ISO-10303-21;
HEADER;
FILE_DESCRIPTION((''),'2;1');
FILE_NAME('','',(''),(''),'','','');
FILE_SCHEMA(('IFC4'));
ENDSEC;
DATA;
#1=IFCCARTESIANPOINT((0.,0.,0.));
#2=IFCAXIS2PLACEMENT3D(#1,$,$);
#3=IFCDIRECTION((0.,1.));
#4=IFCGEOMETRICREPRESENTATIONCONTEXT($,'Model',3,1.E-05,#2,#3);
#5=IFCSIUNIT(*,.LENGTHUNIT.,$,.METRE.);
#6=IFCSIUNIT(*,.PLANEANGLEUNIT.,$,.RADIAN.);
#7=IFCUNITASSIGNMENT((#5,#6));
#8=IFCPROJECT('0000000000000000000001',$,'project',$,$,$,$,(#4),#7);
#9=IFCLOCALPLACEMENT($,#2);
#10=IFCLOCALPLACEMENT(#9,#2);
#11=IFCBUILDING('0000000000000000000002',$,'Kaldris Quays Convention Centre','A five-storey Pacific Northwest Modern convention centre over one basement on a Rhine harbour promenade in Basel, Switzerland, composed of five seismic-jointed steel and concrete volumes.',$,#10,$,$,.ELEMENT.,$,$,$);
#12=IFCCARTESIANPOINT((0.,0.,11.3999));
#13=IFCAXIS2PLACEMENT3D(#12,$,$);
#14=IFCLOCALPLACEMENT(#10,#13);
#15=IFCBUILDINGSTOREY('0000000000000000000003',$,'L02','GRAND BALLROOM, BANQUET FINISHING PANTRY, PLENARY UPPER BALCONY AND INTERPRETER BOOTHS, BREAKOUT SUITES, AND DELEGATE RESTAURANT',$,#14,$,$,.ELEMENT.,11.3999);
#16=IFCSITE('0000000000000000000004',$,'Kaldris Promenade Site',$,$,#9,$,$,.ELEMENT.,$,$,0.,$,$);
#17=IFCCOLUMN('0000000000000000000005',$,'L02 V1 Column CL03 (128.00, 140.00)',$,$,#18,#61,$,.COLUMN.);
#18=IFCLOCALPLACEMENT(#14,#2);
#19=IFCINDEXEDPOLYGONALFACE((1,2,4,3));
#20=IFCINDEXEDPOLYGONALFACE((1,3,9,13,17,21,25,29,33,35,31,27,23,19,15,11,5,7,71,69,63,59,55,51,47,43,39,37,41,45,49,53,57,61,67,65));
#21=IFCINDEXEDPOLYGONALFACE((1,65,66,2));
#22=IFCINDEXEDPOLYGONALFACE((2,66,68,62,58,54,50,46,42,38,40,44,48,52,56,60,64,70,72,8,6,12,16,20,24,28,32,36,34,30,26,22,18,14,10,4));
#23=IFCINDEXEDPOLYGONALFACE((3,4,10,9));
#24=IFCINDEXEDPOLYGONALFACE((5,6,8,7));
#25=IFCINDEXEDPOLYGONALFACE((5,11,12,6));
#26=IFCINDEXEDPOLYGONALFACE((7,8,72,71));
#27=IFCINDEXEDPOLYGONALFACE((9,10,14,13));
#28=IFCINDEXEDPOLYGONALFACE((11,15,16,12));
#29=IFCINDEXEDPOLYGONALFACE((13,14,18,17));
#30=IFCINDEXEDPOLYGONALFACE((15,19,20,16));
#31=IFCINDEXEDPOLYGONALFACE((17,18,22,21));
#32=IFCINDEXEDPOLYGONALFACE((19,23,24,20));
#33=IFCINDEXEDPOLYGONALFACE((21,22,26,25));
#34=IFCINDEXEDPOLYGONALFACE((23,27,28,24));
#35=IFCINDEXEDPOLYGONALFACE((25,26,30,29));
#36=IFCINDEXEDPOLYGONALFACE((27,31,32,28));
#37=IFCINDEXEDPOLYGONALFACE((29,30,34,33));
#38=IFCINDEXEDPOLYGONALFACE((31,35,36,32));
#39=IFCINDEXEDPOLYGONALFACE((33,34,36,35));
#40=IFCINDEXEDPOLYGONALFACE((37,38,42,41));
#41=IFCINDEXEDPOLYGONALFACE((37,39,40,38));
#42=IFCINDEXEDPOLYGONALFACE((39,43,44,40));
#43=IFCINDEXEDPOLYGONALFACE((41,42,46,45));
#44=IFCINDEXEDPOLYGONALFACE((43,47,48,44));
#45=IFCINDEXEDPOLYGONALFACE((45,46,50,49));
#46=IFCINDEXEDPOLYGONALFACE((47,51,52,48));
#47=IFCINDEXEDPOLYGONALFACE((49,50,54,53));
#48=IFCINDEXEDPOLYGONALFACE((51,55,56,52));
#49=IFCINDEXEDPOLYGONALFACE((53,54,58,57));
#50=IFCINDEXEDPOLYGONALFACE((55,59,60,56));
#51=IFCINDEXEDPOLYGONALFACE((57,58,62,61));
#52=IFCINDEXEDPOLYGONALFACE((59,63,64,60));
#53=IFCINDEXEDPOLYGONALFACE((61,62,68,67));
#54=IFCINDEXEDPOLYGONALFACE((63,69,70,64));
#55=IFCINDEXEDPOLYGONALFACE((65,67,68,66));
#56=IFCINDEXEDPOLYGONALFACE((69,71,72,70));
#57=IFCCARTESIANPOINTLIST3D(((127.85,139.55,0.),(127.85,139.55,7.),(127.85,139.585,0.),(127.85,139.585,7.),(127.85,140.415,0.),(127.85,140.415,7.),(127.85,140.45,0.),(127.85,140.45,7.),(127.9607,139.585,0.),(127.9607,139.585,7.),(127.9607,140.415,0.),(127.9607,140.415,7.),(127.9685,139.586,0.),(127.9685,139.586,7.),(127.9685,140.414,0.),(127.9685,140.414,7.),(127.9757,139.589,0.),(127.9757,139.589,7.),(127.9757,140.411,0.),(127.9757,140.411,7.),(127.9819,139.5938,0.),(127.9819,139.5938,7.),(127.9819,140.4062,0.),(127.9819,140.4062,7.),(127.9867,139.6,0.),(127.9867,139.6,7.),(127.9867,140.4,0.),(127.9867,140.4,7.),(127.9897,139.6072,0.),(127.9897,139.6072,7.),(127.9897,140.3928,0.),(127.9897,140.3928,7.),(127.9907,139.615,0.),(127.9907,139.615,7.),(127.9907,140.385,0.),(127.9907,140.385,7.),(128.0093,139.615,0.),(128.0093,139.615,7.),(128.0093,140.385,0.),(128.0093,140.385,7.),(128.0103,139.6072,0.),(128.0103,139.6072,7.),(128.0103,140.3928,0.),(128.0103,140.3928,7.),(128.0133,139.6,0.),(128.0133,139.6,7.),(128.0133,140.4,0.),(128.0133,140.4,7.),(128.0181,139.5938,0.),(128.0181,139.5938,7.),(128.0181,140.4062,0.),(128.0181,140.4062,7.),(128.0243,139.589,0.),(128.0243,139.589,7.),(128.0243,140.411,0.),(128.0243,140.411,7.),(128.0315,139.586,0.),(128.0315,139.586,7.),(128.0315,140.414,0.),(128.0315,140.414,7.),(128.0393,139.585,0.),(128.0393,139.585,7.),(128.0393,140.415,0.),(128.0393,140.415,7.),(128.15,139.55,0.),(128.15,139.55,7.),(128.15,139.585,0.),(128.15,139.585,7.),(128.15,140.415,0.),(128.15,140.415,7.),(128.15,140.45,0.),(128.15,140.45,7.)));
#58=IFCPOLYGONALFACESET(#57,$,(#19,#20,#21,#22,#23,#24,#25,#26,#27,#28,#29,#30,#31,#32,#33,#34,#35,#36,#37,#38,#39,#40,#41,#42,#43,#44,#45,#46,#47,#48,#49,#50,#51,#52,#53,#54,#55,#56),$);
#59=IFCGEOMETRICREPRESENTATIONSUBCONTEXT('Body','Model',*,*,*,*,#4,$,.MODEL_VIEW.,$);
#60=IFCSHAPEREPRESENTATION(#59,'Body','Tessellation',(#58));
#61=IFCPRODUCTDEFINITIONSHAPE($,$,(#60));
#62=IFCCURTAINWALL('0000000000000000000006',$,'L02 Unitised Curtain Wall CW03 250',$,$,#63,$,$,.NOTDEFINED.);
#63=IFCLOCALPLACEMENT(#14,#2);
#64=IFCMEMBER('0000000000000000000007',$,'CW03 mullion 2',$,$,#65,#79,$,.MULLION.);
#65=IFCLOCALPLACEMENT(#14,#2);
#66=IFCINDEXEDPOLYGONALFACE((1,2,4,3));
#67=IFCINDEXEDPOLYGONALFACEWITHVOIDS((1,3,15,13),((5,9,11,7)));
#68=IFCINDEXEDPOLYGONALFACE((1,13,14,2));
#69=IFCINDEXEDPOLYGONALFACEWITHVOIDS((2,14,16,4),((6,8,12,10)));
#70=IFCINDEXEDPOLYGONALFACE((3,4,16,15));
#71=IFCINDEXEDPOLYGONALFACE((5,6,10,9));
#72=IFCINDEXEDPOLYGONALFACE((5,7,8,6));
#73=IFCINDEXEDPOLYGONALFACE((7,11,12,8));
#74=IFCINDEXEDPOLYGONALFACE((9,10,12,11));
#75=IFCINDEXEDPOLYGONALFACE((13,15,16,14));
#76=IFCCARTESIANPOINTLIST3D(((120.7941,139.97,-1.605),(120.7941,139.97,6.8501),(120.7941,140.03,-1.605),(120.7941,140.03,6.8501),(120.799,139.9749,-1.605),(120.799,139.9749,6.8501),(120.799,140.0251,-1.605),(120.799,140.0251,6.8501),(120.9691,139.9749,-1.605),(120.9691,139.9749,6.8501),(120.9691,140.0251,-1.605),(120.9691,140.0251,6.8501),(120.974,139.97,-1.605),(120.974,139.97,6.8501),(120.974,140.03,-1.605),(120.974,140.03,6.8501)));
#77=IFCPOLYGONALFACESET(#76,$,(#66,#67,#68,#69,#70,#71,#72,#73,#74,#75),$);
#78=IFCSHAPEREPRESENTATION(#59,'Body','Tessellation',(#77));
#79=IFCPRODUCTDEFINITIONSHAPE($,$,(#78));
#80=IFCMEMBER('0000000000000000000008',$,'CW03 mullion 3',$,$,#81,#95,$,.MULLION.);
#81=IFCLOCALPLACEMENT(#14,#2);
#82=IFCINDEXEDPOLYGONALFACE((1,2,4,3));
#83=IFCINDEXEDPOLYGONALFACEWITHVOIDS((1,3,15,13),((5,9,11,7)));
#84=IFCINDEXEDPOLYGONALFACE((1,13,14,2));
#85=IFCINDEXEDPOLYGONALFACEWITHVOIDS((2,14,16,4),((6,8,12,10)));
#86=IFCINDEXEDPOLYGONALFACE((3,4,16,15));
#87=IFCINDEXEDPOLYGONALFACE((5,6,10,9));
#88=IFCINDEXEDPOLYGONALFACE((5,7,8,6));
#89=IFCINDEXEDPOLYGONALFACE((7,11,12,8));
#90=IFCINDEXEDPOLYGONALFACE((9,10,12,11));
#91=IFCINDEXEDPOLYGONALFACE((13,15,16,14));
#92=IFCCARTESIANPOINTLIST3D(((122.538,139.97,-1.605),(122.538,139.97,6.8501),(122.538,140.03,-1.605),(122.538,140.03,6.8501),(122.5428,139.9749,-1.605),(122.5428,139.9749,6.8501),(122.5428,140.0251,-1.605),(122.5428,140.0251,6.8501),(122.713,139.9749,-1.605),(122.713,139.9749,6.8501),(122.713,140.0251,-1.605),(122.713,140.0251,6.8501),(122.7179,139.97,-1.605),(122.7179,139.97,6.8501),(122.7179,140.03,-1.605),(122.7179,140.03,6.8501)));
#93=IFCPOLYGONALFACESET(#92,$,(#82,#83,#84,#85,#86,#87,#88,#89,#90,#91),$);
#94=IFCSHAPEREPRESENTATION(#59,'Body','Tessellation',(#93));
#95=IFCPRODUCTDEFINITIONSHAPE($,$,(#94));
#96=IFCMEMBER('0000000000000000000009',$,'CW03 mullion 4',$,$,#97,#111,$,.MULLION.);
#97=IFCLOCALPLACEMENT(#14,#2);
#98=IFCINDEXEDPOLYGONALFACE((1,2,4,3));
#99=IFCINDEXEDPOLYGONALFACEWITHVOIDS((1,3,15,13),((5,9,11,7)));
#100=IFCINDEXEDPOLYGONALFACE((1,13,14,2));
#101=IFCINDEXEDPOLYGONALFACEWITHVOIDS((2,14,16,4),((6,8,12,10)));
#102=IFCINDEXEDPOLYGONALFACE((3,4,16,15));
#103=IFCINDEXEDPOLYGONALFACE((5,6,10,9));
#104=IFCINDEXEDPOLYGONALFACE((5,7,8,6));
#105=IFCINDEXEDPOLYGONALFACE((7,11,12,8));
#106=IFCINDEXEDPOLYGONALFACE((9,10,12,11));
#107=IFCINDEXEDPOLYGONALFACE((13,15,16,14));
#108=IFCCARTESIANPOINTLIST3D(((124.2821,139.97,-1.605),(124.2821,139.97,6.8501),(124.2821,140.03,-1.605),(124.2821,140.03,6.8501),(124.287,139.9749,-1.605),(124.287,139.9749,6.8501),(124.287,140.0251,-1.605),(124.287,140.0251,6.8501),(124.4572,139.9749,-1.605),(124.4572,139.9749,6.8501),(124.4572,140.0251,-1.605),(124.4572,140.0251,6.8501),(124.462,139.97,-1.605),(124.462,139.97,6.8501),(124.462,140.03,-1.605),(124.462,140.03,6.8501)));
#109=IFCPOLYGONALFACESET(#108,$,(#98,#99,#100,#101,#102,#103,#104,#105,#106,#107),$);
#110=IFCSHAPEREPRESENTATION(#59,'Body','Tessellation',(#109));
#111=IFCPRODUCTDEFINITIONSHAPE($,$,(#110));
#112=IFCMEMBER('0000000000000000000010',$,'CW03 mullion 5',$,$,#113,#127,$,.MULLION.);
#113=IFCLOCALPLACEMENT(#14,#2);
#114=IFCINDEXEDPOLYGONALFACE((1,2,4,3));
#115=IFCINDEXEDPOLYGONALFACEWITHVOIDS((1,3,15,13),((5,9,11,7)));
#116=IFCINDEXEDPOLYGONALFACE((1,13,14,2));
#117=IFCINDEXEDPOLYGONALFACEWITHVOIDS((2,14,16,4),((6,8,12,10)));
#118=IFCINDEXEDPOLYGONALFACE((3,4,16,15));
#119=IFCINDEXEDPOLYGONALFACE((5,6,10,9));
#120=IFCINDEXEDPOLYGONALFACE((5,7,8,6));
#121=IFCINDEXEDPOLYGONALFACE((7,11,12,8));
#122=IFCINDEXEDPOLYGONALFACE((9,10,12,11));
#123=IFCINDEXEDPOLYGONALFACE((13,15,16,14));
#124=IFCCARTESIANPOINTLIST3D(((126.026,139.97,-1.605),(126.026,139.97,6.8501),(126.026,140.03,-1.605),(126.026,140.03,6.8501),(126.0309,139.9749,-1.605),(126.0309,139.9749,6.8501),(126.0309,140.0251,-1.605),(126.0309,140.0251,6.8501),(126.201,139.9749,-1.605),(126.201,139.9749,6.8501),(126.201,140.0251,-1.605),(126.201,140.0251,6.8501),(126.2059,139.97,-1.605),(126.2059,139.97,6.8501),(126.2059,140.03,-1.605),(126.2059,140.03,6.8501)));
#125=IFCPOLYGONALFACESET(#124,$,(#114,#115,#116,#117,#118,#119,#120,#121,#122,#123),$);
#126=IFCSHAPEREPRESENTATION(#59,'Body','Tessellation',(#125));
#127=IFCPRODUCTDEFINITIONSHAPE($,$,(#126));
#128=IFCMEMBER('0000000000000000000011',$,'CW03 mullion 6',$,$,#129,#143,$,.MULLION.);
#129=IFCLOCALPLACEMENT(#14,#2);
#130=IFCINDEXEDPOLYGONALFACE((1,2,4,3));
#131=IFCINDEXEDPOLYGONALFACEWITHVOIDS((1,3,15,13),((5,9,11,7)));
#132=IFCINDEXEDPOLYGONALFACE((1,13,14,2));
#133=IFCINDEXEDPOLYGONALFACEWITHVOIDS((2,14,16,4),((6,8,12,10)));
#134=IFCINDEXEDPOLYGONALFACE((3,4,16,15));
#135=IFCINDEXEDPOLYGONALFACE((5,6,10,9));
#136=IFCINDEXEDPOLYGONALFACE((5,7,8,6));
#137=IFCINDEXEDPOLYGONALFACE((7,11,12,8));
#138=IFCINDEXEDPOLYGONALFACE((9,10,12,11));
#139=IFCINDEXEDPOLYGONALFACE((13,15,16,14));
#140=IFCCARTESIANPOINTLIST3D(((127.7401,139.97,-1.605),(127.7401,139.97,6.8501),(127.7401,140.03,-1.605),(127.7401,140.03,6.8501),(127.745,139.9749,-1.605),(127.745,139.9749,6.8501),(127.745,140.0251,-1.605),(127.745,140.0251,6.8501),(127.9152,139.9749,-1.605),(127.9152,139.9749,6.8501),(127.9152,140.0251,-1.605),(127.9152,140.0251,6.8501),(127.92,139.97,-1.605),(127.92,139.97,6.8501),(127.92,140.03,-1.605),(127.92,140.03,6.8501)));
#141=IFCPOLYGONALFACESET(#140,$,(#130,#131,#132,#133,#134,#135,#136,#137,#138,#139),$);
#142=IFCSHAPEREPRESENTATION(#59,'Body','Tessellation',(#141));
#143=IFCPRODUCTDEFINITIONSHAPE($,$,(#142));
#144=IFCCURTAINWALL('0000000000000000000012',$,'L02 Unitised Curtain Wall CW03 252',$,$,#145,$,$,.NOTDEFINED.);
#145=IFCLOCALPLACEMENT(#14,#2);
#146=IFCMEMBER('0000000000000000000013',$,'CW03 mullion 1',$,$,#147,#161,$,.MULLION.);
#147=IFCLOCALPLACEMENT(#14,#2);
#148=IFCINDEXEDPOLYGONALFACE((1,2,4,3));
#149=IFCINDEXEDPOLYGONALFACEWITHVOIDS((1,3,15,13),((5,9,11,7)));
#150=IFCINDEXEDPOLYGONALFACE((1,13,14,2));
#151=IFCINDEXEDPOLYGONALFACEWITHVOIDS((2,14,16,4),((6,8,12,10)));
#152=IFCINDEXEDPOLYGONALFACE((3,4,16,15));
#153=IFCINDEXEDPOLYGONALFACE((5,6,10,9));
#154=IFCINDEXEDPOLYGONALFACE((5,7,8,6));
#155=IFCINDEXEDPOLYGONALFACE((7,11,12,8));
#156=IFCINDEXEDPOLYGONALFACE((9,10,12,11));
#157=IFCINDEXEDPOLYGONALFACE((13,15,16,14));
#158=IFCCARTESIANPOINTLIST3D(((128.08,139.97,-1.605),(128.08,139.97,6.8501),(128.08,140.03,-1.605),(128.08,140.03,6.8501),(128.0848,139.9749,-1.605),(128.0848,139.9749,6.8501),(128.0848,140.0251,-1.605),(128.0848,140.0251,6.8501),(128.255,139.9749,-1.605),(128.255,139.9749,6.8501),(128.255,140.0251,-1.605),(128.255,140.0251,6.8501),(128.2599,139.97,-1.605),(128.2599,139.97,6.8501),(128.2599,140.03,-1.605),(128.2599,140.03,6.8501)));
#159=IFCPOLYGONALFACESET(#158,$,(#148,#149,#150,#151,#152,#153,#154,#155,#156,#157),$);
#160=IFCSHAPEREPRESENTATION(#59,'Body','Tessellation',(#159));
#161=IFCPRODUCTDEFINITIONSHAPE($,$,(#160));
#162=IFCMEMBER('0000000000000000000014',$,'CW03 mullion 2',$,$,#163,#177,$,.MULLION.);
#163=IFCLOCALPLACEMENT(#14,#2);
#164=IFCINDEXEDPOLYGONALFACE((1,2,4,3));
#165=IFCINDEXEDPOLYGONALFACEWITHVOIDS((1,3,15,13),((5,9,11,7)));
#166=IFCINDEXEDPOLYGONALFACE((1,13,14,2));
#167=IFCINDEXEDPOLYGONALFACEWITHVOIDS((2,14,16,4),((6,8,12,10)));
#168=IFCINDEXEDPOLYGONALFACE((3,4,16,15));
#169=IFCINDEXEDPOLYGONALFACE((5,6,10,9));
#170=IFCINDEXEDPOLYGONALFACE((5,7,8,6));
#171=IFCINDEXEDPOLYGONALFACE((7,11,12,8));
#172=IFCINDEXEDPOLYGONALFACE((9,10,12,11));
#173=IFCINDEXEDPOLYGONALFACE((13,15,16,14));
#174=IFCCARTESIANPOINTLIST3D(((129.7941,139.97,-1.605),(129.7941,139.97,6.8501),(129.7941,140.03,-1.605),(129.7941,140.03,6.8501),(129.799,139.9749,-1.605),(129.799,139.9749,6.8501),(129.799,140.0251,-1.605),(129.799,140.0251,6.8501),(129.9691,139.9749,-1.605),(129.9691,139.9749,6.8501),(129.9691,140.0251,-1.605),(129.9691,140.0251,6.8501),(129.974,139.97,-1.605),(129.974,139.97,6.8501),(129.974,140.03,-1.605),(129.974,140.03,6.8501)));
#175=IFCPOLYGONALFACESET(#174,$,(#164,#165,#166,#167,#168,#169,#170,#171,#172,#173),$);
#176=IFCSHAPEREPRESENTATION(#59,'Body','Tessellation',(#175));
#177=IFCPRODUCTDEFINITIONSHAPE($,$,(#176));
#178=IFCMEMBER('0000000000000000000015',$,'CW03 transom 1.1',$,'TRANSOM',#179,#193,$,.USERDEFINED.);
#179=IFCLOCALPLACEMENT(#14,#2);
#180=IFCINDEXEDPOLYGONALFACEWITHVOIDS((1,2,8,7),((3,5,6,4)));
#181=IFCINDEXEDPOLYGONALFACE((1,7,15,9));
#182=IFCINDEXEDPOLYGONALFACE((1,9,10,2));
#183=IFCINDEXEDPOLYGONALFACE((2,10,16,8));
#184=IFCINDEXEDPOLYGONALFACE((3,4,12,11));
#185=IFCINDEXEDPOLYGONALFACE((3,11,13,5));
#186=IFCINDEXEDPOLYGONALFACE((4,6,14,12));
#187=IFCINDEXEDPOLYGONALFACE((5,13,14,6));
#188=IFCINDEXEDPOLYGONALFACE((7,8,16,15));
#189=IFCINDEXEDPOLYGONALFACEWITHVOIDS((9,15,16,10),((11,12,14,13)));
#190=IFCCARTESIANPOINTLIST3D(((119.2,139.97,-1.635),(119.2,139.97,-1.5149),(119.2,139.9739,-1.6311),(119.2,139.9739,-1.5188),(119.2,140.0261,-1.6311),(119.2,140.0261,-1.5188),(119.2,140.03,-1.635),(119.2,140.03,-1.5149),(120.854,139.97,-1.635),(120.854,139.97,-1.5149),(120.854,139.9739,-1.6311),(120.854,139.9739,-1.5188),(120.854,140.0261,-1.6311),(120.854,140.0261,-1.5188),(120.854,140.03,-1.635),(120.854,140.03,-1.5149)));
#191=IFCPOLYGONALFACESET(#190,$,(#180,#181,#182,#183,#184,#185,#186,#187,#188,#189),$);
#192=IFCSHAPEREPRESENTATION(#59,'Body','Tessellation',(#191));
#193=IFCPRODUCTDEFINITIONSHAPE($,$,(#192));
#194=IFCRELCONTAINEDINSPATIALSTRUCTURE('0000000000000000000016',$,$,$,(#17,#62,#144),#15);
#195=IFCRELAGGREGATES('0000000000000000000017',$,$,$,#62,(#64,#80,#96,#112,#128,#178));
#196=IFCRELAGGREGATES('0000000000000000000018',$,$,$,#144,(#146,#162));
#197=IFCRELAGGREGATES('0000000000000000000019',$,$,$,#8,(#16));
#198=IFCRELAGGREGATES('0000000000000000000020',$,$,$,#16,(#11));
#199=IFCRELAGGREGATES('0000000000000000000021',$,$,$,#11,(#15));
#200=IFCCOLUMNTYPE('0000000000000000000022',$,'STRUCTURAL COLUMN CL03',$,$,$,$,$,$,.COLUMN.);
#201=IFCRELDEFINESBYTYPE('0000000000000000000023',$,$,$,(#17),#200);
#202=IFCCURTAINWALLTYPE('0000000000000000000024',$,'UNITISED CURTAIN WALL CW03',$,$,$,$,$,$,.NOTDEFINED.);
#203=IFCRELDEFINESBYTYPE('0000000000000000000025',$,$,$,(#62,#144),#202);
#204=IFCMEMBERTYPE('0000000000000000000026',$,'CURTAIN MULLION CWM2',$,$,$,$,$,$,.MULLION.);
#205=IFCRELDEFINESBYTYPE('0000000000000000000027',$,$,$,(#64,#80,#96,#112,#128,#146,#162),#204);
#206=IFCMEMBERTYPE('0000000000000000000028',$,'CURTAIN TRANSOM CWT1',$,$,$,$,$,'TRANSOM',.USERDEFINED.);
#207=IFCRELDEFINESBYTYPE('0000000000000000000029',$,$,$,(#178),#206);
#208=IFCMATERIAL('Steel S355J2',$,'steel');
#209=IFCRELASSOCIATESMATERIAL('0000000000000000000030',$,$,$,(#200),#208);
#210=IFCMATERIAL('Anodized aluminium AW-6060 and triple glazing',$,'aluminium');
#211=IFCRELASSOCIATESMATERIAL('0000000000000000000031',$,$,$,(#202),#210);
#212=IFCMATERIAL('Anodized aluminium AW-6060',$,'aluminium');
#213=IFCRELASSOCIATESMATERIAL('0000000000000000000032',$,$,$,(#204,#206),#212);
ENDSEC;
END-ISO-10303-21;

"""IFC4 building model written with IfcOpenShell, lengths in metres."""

from ifc_helpers import new_model, si_unit, direction, frame, origin, origin_2d, place, context, subcontext, project, spatial, hollow_rectangle, i_section, extrude, material, material_profile, profile_set, type_object, element, aggregate, save


model = new_model("IFC4")

# Units and contexts
model_context = context("Model", 3, precision=1e-05, world=origin(), true_north=direction((0.0, 1.0)))
body_context = subcontext(model_context, "Body", "Model", "MODEL_VIEW")
ifc_project = project(units=[si_unit("LENGTHUNIT", "METRE"), si_unit("PLANEANGLEUNIT", "RADIAN")], contexts=[model_context])

# Site, building, storey
site_placement = place(None, origin())
site = spatial("IfcSite", under=ifc_project, at=site_placement, Name="Kaldris Promenade Site", CompositionType="ELEMENT", RefElevation=0.0)
building_placement = place(site_placement, origin())
building = spatial("IfcBuilding", under=site, at=building_placement, Name="Kaldris Quays Convention Centre", Description="A five-storey Pacific Northwest Modern convention centre over one basement on a Rhine harbour promenade in Basel, Switzerland, composed of five seismic-jointed steel and concrete volumes.", CompositionType="ELEMENT")
storey_placement = place(building_placement, frame((0.0, 0.0, 11.3999)))
storey = spatial("IfcBuildingStorey", under=building, at=storey_placement, Name="L02", Description="GRAND BALLROOM, BANQUET FINISHING PANTRY, PLENARY UPPER BALCONY AND INTERPRETER BOOTHS, BREAKOUT SUITES, AND DELEGATE RESTAURANT", CompositionType="ELEMENT", Elevation=11.3999)

# Column
ifc_material_1 = material(Name="Steel S355J2", Category="steel")
ifc_material_profile_1 = material_profile(ifc_material_1, i_section(OverallWidth=0.3, OverallDepth=0.8999, WebThickness=0.0186, FlangeThickness=0.0349, FilletRadius=0.03, at=origin_2d()), Name="HEB 900")
ifc_profile_set_1 = profile_set([ifc_material_profile_1], Name="Steel S355J2")
column_type = type_object("IfcColumnType", Name="STRUCTURAL COLUMN CL03", PredefinedType="COLUMN", material=ifc_profile_set_1)
column_placement = place(storey_placement, frame((128.0, 140.0, 0.0), z_axis=(0.0, 0.0, 1.0), x_axis=(1.0, 0.0, 0.0)))
element("IfcColumn", 1, at=column_placement, inside=storey, type_object=column_type, Name="L02 V1 Column CL03 (128.00, 140.00)", PredefinedType="COLUMN", context=body_context, shape_type="SweptSolid", body=[
    extrude(i_section(OverallWidth=0.3, OverallDepth=0.8999, WebThickness=0.0186, FlangeThickness=0.0349, FilletRadius=0.03, at=origin_2d()), origin(), (0.0, 0.0, 1.0), 7.0),
])

# Curtain walls, members
ifc_material_2 = material(Name="Anodized aluminium AW-6060 and triple glazing", Category="aluminium")
curtain_wall_type = type_object("IfcCurtainWallType", Name="UNITISED CURTAIN WALL CW03", PredefinedType="NOTDEFINED", material=ifc_material_2)
curtain_wall_1_placement = place(storey_placement, origin())
curtain_wall_1 = element("IfcCurtainWall", 2, at=curtain_wall_1_placement, inside=storey, type_object=curtain_wall_type, Name="L02 Unitised Curtain Wall CW03 250", PredefinedType="NOTDEFINED")
ifc_material_3 = material(Name="Anodized aluminium AW-6060", Category="aluminium")
ifc_material_profile_2 = material_profile(ifc_material_3, hollow_rectangle(XDim=0.0601, YDim=0.1799, WallThickness=0.0049, at=origin_2d()), Name="RHS 180x60x5")
ifc_profile_set_2 = profile_set([ifc_material_profile_2], Name="Anodized aluminium AW-6060")
member_type_1 = type_object("IfcMemberType", Name="CURTAIN MULLION CWM2", PredefinedType="MULLION", material=ifc_profile_set_2)
member_1_placement = place(storey_placement, frame((120.884, 140.0, -1.605), z_axis=(0.0, 0.0, 1.0), x_axis=(0.0, 1.0, 0.0)))
member_1 = element("IfcMember", 3, at=member_1_placement, type_object=member_type_1, Name="CW03 mullion 2", PredefinedType="MULLION", context=body_context, shape_type="SweptSolid", body=[
    extrude(hollow_rectangle(XDim=0.0601, YDim=0.1799, WallThickness=0.0049, at=origin_2d()), origin(), (0.0, 0.0, 1.0), 8.4551),
])
member_2_placement = place(storey_placement, frame((122.6279, 140.0, -1.605), z_axis=(0.0, 0.0, 1.0), x_axis=(0.0, 1.0, 0.0)))
member_2 = element("IfcMember", 4, at=member_2_placement, type_object=member_type_1, Name="CW03 mullion 3", PredefinedType="MULLION", context=body_context, shape_type="SweptSolid", body=[
    extrude(hollow_rectangle(XDim=0.0601, YDim=0.1799, WallThickness=0.0049, at=origin_2d()), origin(), (0.0, 0.0, 1.0), 8.4551),
])
member_3_placement = place(storey_placement, frame((124.3721, 140.0, -1.605), z_axis=(0.0, 0.0, 1.0), x_axis=(0.0, 1.0, 0.0)))
member_3 = element("IfcMember", 5, at=member_3_placement, type_object=member_type_1, Name="CW03 mullion 4", PredefinedType="MULLION", context=body_context, shape_type="SweptSolid", body=[
    extrude(hollow_rectangle(XDim=0.0601, YDim=0.1799, WallThickness=0.0049, at=origin_2d()), origin(), (0.0, 0.0, 1.0), 8.4551),
])
member_4_placement = place(storey_placement, frame((126.116, 140.0, -1.605), z_axis=(0.0, 0.0, 1.0), x_axis=(0.0, 1.0, 0.0)))
member_4 = element("IfcMember", 6, at=member_4_placement, type_object=member_type_1, Name="CW03 mullion 5", PredefinedType="MULLION", context=body_context, shape_type="SweptSolid", body=[
    extrude(hollow_rectangle(XDim=0.0601, YDim=0.1799, WallThickness=0.0049, at=origin_2d()), origin(), (0.0, 0.0, 1.0), 8.4551),
])
member_5_placement = place(storey_placement, frame((127.8301, 140.0, -1.605), z_axis=(0.0, 0.0, 1.0), x_axis=(0.0, 1.0, 0.0)))
member_5 = element("IfcMember", 7, at=member_5_placement, type_object=member_type_1, Name="CW03 mullion 6", PredefinedType="MULLION", context=body_context, shape_type="SweptSolid", body=[
    extrude(hollow_rectangle(XDim=0.0601, YDim=0.1799, WallThickness=0.0049, at=origin_2d()), origin(), (0.0, 0.0, 1.0), 8.4551),
])
curtain_wall_2_placement = place(storey_placement, origin())
curtain_wall_2 = element("IfcCurtainWall", 8, at=curtain_wall_2_placement, inside=storey, type_object=curtain_wall_type, Name="L02 Unitised Curtain Wall CW03 252", PredefinedType="NOTDEFINED")
member_6_placement = place(storey_placement, frame((128.1699, 140.0, -1.605), z_axis=(0.0, 0.0, 1.0), x_axis=(0.0, 1.0, 0.0)))
member_6 = element("IfcMember", 9, at=member_6_placement, type_object=member_type_1, Name="CW03 mullion 1", PredefinedType="MULLION", context=body_context, shape_type="SweptSolid", body=[
    extrude(hollow_rectangle(XDim=0.0601, YDim=0.1799, WallThickness=0.0049, at=origin_2d()), origin(), (0.0, 0.0, 1.0), 8.4551),
])
member_7_placement = place(storey_placement, frame((129.884, 140.0, -1.605), z_axis=(0.0, 0.0, 1.0), x_axis=(0.0, 1.0, 0.0)))
member_7 = element("IfcMember", 10, at=member_7_placement, type_object=member_type_1, Name="CW03 mullion 2", PredefinedType="MULLION", context=body_context, shape_type="SweptSolid", body=[
    extrude(hollow_rectangle(XDim=0.0601, YDim=0.1799, WallThickness=0.0049, at=origin_2d()), origin(), (0.0, 0.0, 1.0), 8.4551),
])

# Member
ifc_material_profile_3 = material_profile(ifc_material_3, hollow_rectangle(XDim=0.0601, YDim=0.1201, WallThickness=0.0039, at=origin_2d()), Name="RHS 120x60x4")
ifc_profile_set_3 = profile_set([ifc_material_profile_3], Name="Anodized aluminium AW-6060")
member_type_2 = type_object("IfcMemberType", Name="CURTAIN TRANSOM CWT1", ElementType="TRANSOM", PredefinedType="USERDEFINED", material=ifc_profile_set_3)
member_8_placement = place(storey_placement, frame((119.2, 140.0, -1.575), z_axis=(1.0, 0.0, 0.0), x_axis=(0.0, 1.0, 0.0)))
member_8 = element("IfcMember", 11, at=member_8_placement, type_object=member_type_2, Name="CW03 transom 1.1", ObjectType="TRANSOM", PredefinedType="USERDEFINED", context=body_context, shape_type="SweptSolid", body=[
    extrude(hollow_rectangle(XDim=0.0601, YDim=0.1201, WallThickness=0.0039, at=origin_2d()), origin(), (0.0, 0.0, 1.0), 1.6541),
])

aggregate(curtain_wall_1, [member_1, member_2, member_3, member_4, member_5, member_8])
aggregate(curtain_wall_2, [member_6, member_7])

save(model, "model.ifc")
